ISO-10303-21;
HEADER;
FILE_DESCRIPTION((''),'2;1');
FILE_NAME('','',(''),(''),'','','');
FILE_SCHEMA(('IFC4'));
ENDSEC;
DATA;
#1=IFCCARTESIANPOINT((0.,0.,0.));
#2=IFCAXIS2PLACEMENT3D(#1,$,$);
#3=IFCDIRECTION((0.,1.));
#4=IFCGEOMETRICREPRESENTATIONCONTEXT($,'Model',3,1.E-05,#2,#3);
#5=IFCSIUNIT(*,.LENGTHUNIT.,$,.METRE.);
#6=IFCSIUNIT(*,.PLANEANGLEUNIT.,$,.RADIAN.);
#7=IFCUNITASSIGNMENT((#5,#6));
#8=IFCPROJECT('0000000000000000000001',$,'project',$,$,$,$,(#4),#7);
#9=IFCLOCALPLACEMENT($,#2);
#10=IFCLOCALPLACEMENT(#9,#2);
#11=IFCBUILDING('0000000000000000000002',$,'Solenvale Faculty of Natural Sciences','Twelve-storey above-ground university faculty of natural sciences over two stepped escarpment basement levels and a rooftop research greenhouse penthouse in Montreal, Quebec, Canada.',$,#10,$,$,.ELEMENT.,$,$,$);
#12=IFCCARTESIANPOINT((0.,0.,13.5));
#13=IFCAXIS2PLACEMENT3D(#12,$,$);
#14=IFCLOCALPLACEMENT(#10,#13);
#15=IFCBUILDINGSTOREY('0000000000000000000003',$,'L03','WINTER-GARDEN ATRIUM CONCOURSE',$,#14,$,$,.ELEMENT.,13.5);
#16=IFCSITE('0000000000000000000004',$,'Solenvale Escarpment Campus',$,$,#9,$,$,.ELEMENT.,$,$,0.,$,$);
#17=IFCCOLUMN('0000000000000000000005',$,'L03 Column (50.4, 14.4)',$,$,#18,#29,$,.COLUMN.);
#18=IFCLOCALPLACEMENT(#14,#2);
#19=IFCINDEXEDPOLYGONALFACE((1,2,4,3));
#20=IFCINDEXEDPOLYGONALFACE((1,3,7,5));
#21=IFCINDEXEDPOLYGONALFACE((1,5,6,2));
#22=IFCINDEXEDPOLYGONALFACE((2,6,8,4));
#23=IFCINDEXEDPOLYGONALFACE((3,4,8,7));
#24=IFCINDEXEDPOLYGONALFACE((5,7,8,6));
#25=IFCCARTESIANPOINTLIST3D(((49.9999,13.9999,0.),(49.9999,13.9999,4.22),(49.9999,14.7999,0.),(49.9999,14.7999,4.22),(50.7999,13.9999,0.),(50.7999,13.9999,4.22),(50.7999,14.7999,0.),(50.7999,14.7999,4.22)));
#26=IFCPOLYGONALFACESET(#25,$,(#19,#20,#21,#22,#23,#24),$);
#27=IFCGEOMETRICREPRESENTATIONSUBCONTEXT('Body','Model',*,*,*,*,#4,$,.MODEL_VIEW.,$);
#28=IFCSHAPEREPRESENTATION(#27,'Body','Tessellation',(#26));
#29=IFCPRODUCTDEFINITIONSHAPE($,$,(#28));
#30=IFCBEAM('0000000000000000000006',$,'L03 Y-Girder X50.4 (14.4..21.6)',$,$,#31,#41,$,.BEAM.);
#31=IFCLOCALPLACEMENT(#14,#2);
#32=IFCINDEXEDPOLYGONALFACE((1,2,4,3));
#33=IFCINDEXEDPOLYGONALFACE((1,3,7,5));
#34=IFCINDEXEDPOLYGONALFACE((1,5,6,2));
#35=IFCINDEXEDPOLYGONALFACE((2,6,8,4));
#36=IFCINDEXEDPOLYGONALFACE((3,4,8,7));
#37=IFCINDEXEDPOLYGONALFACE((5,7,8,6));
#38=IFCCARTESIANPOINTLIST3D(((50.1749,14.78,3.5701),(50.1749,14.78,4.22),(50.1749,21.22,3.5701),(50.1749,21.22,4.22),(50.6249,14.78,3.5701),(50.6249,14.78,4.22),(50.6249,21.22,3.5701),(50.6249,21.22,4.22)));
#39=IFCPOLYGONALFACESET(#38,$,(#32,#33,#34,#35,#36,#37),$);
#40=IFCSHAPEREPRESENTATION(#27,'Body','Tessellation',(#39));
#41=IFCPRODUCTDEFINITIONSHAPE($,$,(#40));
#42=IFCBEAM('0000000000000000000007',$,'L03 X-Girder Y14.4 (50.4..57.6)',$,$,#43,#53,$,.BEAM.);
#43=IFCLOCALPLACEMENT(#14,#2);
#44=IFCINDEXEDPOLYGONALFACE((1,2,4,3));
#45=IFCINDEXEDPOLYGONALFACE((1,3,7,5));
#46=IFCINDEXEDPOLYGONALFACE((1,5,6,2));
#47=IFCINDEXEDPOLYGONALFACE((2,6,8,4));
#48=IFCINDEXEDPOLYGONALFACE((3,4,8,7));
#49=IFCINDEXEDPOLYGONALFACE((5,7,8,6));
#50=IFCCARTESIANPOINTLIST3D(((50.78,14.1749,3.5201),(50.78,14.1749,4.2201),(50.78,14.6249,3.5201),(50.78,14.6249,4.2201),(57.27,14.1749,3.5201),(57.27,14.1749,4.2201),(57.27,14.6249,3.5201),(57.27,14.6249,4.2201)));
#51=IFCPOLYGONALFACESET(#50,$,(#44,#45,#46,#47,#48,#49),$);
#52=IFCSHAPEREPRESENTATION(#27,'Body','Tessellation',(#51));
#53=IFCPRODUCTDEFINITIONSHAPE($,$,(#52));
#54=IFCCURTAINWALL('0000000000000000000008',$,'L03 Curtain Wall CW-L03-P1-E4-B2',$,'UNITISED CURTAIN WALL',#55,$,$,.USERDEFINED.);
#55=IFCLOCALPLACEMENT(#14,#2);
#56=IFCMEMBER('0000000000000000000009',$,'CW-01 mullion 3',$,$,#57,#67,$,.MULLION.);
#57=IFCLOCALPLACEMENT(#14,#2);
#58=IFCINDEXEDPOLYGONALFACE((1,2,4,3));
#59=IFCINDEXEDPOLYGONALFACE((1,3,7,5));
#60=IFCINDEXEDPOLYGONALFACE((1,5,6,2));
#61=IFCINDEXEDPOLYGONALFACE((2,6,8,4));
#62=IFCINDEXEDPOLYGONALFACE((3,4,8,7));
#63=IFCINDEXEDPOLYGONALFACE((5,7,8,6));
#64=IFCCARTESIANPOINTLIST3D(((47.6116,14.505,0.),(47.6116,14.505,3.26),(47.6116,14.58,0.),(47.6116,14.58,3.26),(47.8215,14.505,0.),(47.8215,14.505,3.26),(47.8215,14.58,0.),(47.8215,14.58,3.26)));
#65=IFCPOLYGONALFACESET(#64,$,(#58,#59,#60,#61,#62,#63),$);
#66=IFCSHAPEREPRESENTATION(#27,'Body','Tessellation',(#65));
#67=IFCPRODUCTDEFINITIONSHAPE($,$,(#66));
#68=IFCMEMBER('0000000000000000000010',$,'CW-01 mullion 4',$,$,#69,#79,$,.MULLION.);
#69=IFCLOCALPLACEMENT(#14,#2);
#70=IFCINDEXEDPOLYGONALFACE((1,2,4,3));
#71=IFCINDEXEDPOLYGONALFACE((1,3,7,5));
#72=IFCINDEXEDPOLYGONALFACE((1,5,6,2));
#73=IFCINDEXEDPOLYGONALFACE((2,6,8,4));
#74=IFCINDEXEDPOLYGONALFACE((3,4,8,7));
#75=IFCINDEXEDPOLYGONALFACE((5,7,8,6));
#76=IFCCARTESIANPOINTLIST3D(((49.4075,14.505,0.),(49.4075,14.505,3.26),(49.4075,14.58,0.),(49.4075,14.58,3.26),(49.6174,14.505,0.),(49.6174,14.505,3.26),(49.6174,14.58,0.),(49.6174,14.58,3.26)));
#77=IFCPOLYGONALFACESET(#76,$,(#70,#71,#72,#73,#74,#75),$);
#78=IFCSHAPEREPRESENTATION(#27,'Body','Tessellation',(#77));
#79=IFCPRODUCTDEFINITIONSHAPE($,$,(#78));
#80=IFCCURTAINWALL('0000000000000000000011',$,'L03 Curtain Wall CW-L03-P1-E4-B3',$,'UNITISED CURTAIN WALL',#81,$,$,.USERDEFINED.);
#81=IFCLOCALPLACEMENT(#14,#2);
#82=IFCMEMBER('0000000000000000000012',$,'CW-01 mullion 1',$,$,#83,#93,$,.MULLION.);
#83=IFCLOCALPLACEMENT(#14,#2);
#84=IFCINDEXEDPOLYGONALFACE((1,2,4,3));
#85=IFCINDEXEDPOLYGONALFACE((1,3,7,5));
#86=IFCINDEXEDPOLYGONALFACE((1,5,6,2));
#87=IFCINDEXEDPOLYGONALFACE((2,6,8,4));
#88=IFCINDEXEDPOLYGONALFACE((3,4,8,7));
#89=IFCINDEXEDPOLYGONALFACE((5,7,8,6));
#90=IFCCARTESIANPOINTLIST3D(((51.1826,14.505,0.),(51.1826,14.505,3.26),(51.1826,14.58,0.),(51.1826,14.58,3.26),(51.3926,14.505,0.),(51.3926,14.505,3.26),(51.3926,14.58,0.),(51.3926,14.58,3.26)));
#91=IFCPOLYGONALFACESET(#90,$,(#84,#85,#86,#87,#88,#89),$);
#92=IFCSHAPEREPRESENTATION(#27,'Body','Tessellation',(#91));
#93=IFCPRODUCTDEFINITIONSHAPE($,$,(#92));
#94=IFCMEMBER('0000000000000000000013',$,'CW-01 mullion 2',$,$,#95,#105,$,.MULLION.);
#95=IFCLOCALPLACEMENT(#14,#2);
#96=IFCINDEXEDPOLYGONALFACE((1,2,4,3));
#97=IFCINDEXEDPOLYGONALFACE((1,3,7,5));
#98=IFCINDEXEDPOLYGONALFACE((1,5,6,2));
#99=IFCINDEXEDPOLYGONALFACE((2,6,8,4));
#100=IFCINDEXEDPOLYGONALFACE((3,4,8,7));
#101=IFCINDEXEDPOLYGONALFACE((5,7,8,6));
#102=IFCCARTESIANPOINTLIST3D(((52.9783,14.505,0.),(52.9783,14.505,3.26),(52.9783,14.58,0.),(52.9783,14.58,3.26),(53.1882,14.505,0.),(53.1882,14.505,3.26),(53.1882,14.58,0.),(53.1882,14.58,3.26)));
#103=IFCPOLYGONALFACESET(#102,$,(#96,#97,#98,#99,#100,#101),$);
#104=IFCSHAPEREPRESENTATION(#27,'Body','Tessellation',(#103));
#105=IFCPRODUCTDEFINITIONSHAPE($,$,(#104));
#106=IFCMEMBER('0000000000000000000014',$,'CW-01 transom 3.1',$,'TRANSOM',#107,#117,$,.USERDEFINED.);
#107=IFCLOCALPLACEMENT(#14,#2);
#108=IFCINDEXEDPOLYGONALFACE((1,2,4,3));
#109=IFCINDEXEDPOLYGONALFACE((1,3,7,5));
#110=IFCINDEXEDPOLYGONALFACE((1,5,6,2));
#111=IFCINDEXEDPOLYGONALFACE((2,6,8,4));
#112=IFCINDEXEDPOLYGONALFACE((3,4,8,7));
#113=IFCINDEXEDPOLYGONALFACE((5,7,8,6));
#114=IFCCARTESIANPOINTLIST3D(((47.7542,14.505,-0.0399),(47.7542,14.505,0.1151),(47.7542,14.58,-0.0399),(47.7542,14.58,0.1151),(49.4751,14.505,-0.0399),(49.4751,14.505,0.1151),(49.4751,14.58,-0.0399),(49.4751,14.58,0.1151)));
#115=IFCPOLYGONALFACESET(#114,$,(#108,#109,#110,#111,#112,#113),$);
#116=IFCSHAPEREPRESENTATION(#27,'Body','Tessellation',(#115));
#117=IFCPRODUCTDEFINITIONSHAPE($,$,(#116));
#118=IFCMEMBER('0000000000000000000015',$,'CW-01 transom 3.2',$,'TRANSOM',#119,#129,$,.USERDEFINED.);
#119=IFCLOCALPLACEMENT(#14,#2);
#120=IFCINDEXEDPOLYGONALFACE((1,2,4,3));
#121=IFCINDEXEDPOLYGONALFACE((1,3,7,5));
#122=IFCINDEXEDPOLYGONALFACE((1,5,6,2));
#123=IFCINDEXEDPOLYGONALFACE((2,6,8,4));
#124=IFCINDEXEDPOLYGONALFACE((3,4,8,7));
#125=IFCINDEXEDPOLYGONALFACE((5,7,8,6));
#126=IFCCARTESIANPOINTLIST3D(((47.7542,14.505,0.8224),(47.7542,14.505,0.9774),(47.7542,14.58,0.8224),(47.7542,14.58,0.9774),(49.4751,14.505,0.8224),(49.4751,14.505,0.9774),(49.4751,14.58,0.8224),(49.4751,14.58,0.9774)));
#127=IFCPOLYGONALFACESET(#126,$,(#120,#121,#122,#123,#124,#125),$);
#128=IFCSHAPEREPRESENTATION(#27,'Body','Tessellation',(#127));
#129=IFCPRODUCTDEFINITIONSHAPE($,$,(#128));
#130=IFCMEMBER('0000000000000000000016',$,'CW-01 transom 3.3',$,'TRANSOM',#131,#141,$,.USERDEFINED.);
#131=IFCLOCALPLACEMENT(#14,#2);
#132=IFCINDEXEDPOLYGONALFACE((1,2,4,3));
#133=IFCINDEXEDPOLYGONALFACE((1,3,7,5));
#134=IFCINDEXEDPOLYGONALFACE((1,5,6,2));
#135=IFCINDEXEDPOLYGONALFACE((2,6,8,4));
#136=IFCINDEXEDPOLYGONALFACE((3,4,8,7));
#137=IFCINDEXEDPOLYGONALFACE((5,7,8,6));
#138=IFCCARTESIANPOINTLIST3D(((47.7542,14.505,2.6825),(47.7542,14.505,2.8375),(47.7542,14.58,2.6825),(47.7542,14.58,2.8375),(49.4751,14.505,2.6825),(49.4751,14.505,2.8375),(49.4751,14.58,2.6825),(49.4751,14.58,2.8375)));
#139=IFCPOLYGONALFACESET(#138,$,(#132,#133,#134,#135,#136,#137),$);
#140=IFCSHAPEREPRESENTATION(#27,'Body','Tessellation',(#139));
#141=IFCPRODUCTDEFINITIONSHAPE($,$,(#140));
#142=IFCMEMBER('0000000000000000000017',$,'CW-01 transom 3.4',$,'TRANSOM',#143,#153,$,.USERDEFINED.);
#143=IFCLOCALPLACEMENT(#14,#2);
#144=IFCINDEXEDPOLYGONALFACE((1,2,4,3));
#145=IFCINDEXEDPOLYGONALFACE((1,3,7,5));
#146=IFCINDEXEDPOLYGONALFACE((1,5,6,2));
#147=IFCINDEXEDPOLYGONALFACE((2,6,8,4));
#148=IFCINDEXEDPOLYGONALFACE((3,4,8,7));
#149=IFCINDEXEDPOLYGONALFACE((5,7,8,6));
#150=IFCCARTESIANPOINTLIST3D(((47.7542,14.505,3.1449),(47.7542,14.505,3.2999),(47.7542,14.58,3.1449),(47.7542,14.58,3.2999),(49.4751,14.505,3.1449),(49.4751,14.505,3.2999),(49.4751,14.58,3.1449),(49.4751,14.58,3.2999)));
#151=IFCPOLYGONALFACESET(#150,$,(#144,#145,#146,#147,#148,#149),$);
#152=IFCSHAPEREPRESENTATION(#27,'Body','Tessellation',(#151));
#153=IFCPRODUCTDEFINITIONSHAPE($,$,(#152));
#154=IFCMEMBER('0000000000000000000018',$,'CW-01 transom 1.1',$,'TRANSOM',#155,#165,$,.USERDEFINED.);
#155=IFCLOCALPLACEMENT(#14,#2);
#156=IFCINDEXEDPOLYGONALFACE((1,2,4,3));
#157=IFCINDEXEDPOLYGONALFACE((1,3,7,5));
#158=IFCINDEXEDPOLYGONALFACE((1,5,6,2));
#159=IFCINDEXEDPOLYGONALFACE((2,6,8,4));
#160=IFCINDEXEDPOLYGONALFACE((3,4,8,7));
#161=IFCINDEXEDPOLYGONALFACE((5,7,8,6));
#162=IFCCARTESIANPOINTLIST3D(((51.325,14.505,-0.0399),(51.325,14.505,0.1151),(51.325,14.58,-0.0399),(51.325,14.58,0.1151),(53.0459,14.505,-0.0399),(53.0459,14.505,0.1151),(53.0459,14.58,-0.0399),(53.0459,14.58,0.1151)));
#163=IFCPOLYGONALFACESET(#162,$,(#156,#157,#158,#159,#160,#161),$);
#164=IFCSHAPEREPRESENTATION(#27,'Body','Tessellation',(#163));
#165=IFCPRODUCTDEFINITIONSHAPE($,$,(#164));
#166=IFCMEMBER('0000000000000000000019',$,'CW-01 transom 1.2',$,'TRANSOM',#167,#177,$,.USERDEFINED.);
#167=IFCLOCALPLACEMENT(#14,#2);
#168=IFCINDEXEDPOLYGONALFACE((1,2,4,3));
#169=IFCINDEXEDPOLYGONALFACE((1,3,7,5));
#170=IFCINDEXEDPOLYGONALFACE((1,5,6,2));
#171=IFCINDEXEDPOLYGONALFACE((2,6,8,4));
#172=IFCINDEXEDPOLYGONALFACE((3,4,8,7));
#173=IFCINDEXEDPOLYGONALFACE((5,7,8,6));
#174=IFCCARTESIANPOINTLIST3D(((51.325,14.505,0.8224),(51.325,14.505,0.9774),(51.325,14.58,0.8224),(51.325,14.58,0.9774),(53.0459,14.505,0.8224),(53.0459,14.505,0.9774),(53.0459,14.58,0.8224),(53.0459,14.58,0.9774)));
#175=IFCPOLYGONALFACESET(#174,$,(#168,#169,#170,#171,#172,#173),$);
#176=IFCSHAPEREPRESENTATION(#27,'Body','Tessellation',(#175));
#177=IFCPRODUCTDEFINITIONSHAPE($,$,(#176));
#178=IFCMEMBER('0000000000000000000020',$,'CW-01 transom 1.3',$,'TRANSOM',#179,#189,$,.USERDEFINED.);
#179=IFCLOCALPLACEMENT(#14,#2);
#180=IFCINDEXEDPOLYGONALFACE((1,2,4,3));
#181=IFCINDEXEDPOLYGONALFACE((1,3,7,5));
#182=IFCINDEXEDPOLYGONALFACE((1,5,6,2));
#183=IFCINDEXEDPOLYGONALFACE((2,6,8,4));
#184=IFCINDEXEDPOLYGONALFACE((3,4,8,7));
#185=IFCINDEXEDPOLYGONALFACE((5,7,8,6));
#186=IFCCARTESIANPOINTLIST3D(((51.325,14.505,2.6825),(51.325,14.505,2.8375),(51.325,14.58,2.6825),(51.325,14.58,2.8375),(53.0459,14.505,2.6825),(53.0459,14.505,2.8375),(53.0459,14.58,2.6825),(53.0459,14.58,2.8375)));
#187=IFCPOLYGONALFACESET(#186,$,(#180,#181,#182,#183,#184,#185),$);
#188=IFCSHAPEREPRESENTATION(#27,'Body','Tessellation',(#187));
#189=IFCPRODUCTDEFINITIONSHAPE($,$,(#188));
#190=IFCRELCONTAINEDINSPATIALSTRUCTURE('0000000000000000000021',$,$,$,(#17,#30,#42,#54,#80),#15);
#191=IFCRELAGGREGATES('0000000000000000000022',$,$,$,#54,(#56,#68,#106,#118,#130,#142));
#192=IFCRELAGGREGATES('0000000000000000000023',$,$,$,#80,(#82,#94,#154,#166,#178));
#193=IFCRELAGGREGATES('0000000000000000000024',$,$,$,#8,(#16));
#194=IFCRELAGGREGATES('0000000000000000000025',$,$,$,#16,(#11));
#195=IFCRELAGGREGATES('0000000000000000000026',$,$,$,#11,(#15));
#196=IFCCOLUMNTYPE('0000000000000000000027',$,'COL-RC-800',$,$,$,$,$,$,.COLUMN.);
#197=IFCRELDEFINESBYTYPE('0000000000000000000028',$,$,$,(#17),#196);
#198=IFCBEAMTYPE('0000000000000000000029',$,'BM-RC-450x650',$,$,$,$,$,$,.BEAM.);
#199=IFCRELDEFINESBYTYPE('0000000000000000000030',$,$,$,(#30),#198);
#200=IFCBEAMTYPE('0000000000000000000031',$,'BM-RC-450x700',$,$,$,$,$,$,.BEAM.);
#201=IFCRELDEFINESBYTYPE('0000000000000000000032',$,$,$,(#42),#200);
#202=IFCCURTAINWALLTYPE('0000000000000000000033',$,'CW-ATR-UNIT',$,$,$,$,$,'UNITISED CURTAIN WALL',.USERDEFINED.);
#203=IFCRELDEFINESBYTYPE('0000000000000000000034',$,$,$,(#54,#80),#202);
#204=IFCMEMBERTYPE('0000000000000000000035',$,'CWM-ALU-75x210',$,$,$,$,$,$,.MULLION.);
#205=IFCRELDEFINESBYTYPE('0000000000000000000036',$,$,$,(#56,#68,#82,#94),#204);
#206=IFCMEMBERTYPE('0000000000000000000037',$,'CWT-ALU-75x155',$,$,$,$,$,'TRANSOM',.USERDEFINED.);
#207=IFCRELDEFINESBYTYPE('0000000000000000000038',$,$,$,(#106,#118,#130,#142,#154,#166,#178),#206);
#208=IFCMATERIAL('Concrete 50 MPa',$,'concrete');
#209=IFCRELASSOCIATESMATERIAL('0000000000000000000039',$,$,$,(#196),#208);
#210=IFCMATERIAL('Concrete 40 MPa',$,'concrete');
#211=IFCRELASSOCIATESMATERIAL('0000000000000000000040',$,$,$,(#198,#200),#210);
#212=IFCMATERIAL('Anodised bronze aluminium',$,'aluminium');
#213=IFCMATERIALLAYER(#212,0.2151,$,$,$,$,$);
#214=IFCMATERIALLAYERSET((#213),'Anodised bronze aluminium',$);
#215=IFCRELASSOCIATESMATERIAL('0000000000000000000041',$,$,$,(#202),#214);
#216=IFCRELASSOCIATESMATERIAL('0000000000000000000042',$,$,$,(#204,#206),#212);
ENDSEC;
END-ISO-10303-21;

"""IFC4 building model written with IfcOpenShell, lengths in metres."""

from ifc_helpers import new_model, si_unit, direction, frame, origin, origin_2d, place, context, subcontext, project, spatial, rectangle, extrude, material, layer, layer_set, material_profile, profile_set, type_object, element, aggregate, save


model = new_model("IFC4")

# Units and contexts
model_context = context("Model", 3, precision=1e-05, world=origin(), true_north=direction((0.0, 1.0)))
body_context = subcontext(model_context, "Body", "Model", "MODEL_VIEW")
ifc_project = project(units=[si_unit("LENGTHUNIT", "METRE"), si_unit("PLANEANGLEUNIT", "RADIAN")], contexts=[model_context])

# Site, building, storey
site_placement = place(None, origin())
site = spatial("IfcSite", under=ifc_project, at=site_placement, Name="Solenvale Escarpment Campus", CompositionType="ELEMENT", RefElevation=0.0)
building_placement = place(site_placement, origin())
building = spatial("IfcBuilding", under=site, at=building_placement, Name="Solenvale Faculty of Natural Sciences", Description="Twelve-storey above-ground university faculty of natural sciences over two stepped escarpment basement levels and a rooftop research greenhouse penthouse in Montreal, Quebec, Canada.", CompositionType="ELEMENT")
storey_placement = place(building_placement, frame((0.0, 0.0, 13.5)))
storey = spatial("IfcBuildingStorey", under=building, at=storey_placement, Name="L03", Description="WINTER-GARDEN ATRIUM CONCOURSE", CompositionType="ELEMENT", Elevation=13.5)

# Column
ifc_material_1 = material(Name="Concrete 50 MPa", Category="concrete")
ifc_material_profile_1 = material_profile(ifc_material_1, rectangle(XDim=0.8, YDim=0.8, at=origin_2d()), Name="RC-COL-800x800")
ifc_profile_set_1 = profile_set([ifc_material_profile_1], Name="Concrete 50 MPa")
column_type = type_object("IfcColumnType", Name="COL-RC-800", PredefinedType="COLUMN", material=ifc_profile_set_1)
column_placement = place(storey_placement, frame((50.3999, 14.3999, 0.0), z_axis=(0.0, 0.0, 1.0), x_axis=(1.0, 0.0, 0.0)))
element("IfcColumn", 1, at=column_placement, inside=storey, type_object=column_type, Name="L03 Column (50.4, 14.4)", PredefinedType="COLUMN", context=body_context, shape_type="SweptSolid", body=[
    extrude(rectangle(XDim=0.8, YDim=0.8, at=origin_2d()), origin(), (0.0, 0.0, 1.0), 4.22),
])

# Beams
ifc_material_2 = material(Name="Concrete 40 MPa", Category="concrete")
ifc_material_profile_2 = material_profile(ifc_material_2, rectangle(XDim=0.45, YDim=0.6499, at=origin_2d()), Name="RC-BM-450x650")
ifc_profile_set_2 = profile_set([ifc_material_profile_2], Name="Concrete 40 MPa")
beam_type_1 = type_object("IfcBeamType", Name="BM-RC-450x650", PredefinedType="BEAM", material=ifc_profile_set_2)
beam_1_placement = place(storey_placement, frame((50.3999, 14.78, 3.895), z_axis=(0.0, 1.0, 0.0), x_axis=(-1.0, 0.0, 0.0)))
element("IfcBeam", 2, at=beam_1_placement, inside=storey, type_object=beam_type_1, Name="L03 Y-Girder X50.4 (14.4..21.6)", PredefinedType="BEAM", context=body_context, shape_type="SweptSolid", body=[
    extrude(rectangle(XDim=0.45, YDim=0.6499, at=origin_2d()), origin(), (0.0, 0.0, 1.0), 6.4399),
])
ifc_material_profile_3 = material_profile(ifc_material_2, rectangle(XDim=0.45, YDim=0.7, at=origin_2d()), Name="RC-BM-450x700")
ifc_profile_set_3 = profile_set([ifc_material_profile_3], Name="Concrete 40 MPa")
beam_type_2 = type_object("IfcBeamType", Name="BM-RC-450x700", PredefinedType="BEAM", material=ifc_profile_set_3)
beam_2_placement = place(storey_placement, frame((50.78, 14.3999, 3.8701), z_axis=(1.0, 0.0, 0.0), x_axis=(0.0, 1.0, 0.0)))
element("IfcBeam", 3, at=beam_2_placement, inside=storey, type_object=beam_type_2, Name="L03 X-Girder Y14.4 (50.4..57.6)", PredefinedType="BEAM", context=body_context, shape_type="SweptSolid", body=[
    extrude(rectangle(XDim=0.45, YDim=0.7, at=origin_2d()), origin(), (0.0, 0.0, 1.0), 6.49),
])

# Curtain walls, members
ifc_material_3 = material(Name="Anodised bronze aluminium", Category="aluminium")
ifc_layer_1 = layer(ifc_material_3, 0.2151)
ifc_layer_set_1 = layer_set([ifc_layer_1], Name="Anodised bronze aluminium")
curtain_wall_type = type_object("IfcCurtainWallType", Name="CW-ATR-UNIT", ElementType="UNITISED CURTAIN WALL", PredefinedType="USERDEFINED", material=ifc_layer_set_1)
curtain_wall_1_placement = place(storey_placement, origin())
curtain_wall_1 = element("IfcCurtainWall", 4, at=curtain_wall_1_placement, inside=storey, type_object=curtain_wall_type, Name="L03 Curtain Wall CW-L03-P1-E4-B2", ObjectType="UNITISED CURTAIN WALL", PredefinedType="USERDEFINED")
ifc_material_profile_4 = material_profile(ifc_material_3, rectangle(XDim=0.075, YDim=0.21, at=origin_2d()), Name="ALU-MUL-75x210")
ifc_profile_set_4 = profile_set([ifc_material_profile_4], Name="Anodised bronze aluminium")
member_type_1 = type_object("IfcMemberType", Name="CWM-ALU-75x210", PredefinedType="MULLION", material=ifc_profile_set_4)
member_1_placement = place(storey_placement, frame((47.7166, 14.5425, 0.0), z_axis=(0.0, 0.0, 1.0), x_axis=(0.0, 1.0, 0.0)))
member_1 = element("IfcMember", 5, at=member_1_placement, type_object=member_type_1, Name="CW-01 mullion 3", PredefinedType="MULLION", context=body_context, shape_type="SweptSolid", body=[
    extrude(rectangle(XDim=0.075, YDim=0.21, at=origin_2d()), origin(), (0.0, 0.0, 1.0), 3.26),
])
member_2_placement = place(storey_placement, frame((49.5125, 14.5425, 0.0), z_axis=(0.0, 0.0, 1.0), x_axis=(0.0, 1.0, 0.0)))
member_2 = element("IfcMember", 6, at=member_2_placement, type_object=member_type_1, Name="CW-01 mullion 4", PredefinedType="MULLION", context=body_context, shape_type="SweptSolid", body=[
    extrude(rectangle(XDim=0.075, YDim=0.21, at=origin_2d()), origin(), (0.0, 0.0, 1.0), 3.26),
])
curtain_wall_2_placement = place(storey_placement, origin())
curtain_wall_2 = element("IfcCurtainWall", 7, at=curtain_wall_2_placement, inside=storey, type_object=curtain_wall_type, Name="L03 Curtain Wall CW-L03-P1-E4-B3", ObjectType="UNITISED CURTAIN WALL", PredefinedType="USERDEFINED")
member_3_placement = place(storey_placement, frame((51.2876, 14.5425, 0.0), z_axis=(0.0, 0.0, 1.0), x_axis=(0.0, 1.0, 0.0)))
member_3 = element("IfcMember", 8, at=member_3_placement, type_object=member_type_1, Name="CW-01 mullion 1", PredefinedType="MULLION", context=body_context, shape_type="SweptSolid", body=[
    extrude(rectangle(XDim=0.075, YDim=0.21, at=origin_2d()), origin(), (0.0, 0.0, 1.0), 3.26),
])
member_4_placement = place(storey_placement, frame((53.0833, 14.5425, 0.0), z_axis=(0.0, 0.0, 1.0), x_axis=(0.0, 1.0, 0.0)))
member_4 = element("IfcMember", 9, at=member_4_placement, type_object=member_type_1, Name="CW-01 mullion 2", PredefinedType="MULLION", context=body_context, shape_type="SweptSolid", body=[
    extrude(rectangle(XDim=0.075, YDim=0.21, at=origin_2d()), origin(), (0.0, 0.0, 1.0), 3.26),
])

# Members
ifc_material_profile_5 = material_profile(ifc_material_3, rectangle(XDim=0.075, YDim=0.155, at=origin_2d()), Name="ALU-TRN-75x155")
ifc_profile_set_5 = profile_set([ifc_material_profile_5], Name="Anodised bronze aluminium")
member_type_2 = type_object("IfcMemberType", Name="CWT-ALU-75x155", ElementType="TRANSOM", PredefinedType="USERDEFINED", material=ifc_profile_set_5)
member_5_placement = place(storey_placement, frame((47.7542, 14.5425, 0.0376), z_axis=(1.0, 0.0, 0.0), x_axis=(0.0, 1.0, 0.0)))
member_5 = element("IfcMember", 10, at=member_5_placement, type_object=member_type_2, Name="CW-01 transom 3.1", ObjectType="TRANSOM", PredefinedType="USERDEFINED", context=body_context, shape_type="SweptSolid", body=[
    extrude(rectangle(XDim=0.075, YDim=0.155, at=origin_2d()), origin(), (0.0, 0.0, 1.0), 1.7209),
])
member_6_placement = place(storey_placement, frame((47.7542, 14.5425, 0.8999), z_axis=(1.0, 0.0, 0.0), x_axis=(0.0, 1.0, 0.0)))
member_6 = element("IfcMember", 11, at=member_6_placement, type_object=member_type_2, Name="CW-01 transom 3.2", ObjectType="TRANSOM", PredefinedType="USERDEFINED", context=body_context, shape_type="SweptSolid", body=[
    extrude(rectangle(XDim=0.075, YDim=0.155, at=origin_2d()), origin(), (0.0, 0.0, 1.0), 1.7209),
])
member_7_placement = place(storey_placement, frame((47.7542, 14.5425, 2.76), z_axis=(1.0, 0.0, 0.0), x_axis=(0.0, 1.0, 0.0)))
member_7 = element("IfcMember", 12, at=member_7_placement, type_object=member_type_2, Name="CW-01 transom 3.3", ObjectType="TRANSOM", PredefinedType="USERDEFINED", context=body_context, shape_type="SweptSolid", body=[
    extrude(rectangle(XDim=0.075, YDim=0.155, at=origin_2d()), origin(), (0.0, 0.0, 1.0), 1.7209),
])
member_8_placement = place(storey_placement, frame((47.7542, 14.5425, 3.2224), z_axis=(1.0, 0.0, 0.0), x_axis=(0.0, 1.0, 0.0)))
member_8 = element("IfcMember", 13, at=member_8_placement, type_object=member_type_2, Name="CW-01 transom 3.4", ObjectType="TRANSOM", PredefinedType="USERDEFINED", context=body_context, shape_type="SweptSolid", body=[
    extrude(rectangle(XDim=0.075, YDim=0.155, at=origin_2d()), origin(), (0.0, 0.0, 1.0), 1.7209),
])
member_9_placement = place(storey_placement, frame((51.325, 14.5425, 0.0376), z_axis=(1.0, 0.0, 0.0), x_axis=(0.0, 1.0, 0.0)))
member_9 = element("IfcMember", 14, at=member_9_placement, type_object=member_type_2, Name="CW-01 transom 1.1", ObjectType="TRANSOM", PredefinedType="USERDEFINED", context=body_context, shape_type="SweptSolid", body=[
    extrude(rectangle(XDim=0.075, YDim=0.155, at=origin_2d()), origin(), (0.0, 0.0, 1.0), 1.7209),
])
member_10_placement = place(storey_placement, frame((51.325, 14.5425, 0.8999), z_axis=(1.0, 0.0, 0.0), x_axis=(0.0, 1.0, 0.0)))
member_10 = element("IfcMember", 15, at=member_10_placement, type_object=member_type_2, Name="CW-01 transom 1.2", ObjectType="TRANSOM", PredefinedType="USERDEFINED", context=body_context, shape_type="SweptSolid", body=[
    extrude(rectangle(XDim=0.075, YDim=0.155, at=origin_2d()), origin(), (0.0, 0.0, 1.0), 1.7209),
])
member_11_placement = place(storey_placement, frame((51.325, 14.5425, 2.76), z_axis=(1.0, 0.0, 0.0), x_axis=(0.0, 1.0, 0.0)))
member_11 = element("IfcMember", 16, at=member_11_placement, type_object=member_type_2, Name="CW-01 transom 1.3", ObjectType="TRANSOM", PredefinedType="USERDEFINED", context=body_context, shape_type="SweptSolid", body=[
    extrude(rectangle(XDim=0.075, YDim=0.155, at=origin_2d()), origin(), (0.0, 0.0, 1.0), 1.7209),
])

aggregate(curtain_wall_1, [member_1, member_2, member_5, member_6, member_7, member_8])
aggregate(curtain_wall_2, [member_3, member_4, member_9, member_10, member_11])

save(model, "model.ifc")
